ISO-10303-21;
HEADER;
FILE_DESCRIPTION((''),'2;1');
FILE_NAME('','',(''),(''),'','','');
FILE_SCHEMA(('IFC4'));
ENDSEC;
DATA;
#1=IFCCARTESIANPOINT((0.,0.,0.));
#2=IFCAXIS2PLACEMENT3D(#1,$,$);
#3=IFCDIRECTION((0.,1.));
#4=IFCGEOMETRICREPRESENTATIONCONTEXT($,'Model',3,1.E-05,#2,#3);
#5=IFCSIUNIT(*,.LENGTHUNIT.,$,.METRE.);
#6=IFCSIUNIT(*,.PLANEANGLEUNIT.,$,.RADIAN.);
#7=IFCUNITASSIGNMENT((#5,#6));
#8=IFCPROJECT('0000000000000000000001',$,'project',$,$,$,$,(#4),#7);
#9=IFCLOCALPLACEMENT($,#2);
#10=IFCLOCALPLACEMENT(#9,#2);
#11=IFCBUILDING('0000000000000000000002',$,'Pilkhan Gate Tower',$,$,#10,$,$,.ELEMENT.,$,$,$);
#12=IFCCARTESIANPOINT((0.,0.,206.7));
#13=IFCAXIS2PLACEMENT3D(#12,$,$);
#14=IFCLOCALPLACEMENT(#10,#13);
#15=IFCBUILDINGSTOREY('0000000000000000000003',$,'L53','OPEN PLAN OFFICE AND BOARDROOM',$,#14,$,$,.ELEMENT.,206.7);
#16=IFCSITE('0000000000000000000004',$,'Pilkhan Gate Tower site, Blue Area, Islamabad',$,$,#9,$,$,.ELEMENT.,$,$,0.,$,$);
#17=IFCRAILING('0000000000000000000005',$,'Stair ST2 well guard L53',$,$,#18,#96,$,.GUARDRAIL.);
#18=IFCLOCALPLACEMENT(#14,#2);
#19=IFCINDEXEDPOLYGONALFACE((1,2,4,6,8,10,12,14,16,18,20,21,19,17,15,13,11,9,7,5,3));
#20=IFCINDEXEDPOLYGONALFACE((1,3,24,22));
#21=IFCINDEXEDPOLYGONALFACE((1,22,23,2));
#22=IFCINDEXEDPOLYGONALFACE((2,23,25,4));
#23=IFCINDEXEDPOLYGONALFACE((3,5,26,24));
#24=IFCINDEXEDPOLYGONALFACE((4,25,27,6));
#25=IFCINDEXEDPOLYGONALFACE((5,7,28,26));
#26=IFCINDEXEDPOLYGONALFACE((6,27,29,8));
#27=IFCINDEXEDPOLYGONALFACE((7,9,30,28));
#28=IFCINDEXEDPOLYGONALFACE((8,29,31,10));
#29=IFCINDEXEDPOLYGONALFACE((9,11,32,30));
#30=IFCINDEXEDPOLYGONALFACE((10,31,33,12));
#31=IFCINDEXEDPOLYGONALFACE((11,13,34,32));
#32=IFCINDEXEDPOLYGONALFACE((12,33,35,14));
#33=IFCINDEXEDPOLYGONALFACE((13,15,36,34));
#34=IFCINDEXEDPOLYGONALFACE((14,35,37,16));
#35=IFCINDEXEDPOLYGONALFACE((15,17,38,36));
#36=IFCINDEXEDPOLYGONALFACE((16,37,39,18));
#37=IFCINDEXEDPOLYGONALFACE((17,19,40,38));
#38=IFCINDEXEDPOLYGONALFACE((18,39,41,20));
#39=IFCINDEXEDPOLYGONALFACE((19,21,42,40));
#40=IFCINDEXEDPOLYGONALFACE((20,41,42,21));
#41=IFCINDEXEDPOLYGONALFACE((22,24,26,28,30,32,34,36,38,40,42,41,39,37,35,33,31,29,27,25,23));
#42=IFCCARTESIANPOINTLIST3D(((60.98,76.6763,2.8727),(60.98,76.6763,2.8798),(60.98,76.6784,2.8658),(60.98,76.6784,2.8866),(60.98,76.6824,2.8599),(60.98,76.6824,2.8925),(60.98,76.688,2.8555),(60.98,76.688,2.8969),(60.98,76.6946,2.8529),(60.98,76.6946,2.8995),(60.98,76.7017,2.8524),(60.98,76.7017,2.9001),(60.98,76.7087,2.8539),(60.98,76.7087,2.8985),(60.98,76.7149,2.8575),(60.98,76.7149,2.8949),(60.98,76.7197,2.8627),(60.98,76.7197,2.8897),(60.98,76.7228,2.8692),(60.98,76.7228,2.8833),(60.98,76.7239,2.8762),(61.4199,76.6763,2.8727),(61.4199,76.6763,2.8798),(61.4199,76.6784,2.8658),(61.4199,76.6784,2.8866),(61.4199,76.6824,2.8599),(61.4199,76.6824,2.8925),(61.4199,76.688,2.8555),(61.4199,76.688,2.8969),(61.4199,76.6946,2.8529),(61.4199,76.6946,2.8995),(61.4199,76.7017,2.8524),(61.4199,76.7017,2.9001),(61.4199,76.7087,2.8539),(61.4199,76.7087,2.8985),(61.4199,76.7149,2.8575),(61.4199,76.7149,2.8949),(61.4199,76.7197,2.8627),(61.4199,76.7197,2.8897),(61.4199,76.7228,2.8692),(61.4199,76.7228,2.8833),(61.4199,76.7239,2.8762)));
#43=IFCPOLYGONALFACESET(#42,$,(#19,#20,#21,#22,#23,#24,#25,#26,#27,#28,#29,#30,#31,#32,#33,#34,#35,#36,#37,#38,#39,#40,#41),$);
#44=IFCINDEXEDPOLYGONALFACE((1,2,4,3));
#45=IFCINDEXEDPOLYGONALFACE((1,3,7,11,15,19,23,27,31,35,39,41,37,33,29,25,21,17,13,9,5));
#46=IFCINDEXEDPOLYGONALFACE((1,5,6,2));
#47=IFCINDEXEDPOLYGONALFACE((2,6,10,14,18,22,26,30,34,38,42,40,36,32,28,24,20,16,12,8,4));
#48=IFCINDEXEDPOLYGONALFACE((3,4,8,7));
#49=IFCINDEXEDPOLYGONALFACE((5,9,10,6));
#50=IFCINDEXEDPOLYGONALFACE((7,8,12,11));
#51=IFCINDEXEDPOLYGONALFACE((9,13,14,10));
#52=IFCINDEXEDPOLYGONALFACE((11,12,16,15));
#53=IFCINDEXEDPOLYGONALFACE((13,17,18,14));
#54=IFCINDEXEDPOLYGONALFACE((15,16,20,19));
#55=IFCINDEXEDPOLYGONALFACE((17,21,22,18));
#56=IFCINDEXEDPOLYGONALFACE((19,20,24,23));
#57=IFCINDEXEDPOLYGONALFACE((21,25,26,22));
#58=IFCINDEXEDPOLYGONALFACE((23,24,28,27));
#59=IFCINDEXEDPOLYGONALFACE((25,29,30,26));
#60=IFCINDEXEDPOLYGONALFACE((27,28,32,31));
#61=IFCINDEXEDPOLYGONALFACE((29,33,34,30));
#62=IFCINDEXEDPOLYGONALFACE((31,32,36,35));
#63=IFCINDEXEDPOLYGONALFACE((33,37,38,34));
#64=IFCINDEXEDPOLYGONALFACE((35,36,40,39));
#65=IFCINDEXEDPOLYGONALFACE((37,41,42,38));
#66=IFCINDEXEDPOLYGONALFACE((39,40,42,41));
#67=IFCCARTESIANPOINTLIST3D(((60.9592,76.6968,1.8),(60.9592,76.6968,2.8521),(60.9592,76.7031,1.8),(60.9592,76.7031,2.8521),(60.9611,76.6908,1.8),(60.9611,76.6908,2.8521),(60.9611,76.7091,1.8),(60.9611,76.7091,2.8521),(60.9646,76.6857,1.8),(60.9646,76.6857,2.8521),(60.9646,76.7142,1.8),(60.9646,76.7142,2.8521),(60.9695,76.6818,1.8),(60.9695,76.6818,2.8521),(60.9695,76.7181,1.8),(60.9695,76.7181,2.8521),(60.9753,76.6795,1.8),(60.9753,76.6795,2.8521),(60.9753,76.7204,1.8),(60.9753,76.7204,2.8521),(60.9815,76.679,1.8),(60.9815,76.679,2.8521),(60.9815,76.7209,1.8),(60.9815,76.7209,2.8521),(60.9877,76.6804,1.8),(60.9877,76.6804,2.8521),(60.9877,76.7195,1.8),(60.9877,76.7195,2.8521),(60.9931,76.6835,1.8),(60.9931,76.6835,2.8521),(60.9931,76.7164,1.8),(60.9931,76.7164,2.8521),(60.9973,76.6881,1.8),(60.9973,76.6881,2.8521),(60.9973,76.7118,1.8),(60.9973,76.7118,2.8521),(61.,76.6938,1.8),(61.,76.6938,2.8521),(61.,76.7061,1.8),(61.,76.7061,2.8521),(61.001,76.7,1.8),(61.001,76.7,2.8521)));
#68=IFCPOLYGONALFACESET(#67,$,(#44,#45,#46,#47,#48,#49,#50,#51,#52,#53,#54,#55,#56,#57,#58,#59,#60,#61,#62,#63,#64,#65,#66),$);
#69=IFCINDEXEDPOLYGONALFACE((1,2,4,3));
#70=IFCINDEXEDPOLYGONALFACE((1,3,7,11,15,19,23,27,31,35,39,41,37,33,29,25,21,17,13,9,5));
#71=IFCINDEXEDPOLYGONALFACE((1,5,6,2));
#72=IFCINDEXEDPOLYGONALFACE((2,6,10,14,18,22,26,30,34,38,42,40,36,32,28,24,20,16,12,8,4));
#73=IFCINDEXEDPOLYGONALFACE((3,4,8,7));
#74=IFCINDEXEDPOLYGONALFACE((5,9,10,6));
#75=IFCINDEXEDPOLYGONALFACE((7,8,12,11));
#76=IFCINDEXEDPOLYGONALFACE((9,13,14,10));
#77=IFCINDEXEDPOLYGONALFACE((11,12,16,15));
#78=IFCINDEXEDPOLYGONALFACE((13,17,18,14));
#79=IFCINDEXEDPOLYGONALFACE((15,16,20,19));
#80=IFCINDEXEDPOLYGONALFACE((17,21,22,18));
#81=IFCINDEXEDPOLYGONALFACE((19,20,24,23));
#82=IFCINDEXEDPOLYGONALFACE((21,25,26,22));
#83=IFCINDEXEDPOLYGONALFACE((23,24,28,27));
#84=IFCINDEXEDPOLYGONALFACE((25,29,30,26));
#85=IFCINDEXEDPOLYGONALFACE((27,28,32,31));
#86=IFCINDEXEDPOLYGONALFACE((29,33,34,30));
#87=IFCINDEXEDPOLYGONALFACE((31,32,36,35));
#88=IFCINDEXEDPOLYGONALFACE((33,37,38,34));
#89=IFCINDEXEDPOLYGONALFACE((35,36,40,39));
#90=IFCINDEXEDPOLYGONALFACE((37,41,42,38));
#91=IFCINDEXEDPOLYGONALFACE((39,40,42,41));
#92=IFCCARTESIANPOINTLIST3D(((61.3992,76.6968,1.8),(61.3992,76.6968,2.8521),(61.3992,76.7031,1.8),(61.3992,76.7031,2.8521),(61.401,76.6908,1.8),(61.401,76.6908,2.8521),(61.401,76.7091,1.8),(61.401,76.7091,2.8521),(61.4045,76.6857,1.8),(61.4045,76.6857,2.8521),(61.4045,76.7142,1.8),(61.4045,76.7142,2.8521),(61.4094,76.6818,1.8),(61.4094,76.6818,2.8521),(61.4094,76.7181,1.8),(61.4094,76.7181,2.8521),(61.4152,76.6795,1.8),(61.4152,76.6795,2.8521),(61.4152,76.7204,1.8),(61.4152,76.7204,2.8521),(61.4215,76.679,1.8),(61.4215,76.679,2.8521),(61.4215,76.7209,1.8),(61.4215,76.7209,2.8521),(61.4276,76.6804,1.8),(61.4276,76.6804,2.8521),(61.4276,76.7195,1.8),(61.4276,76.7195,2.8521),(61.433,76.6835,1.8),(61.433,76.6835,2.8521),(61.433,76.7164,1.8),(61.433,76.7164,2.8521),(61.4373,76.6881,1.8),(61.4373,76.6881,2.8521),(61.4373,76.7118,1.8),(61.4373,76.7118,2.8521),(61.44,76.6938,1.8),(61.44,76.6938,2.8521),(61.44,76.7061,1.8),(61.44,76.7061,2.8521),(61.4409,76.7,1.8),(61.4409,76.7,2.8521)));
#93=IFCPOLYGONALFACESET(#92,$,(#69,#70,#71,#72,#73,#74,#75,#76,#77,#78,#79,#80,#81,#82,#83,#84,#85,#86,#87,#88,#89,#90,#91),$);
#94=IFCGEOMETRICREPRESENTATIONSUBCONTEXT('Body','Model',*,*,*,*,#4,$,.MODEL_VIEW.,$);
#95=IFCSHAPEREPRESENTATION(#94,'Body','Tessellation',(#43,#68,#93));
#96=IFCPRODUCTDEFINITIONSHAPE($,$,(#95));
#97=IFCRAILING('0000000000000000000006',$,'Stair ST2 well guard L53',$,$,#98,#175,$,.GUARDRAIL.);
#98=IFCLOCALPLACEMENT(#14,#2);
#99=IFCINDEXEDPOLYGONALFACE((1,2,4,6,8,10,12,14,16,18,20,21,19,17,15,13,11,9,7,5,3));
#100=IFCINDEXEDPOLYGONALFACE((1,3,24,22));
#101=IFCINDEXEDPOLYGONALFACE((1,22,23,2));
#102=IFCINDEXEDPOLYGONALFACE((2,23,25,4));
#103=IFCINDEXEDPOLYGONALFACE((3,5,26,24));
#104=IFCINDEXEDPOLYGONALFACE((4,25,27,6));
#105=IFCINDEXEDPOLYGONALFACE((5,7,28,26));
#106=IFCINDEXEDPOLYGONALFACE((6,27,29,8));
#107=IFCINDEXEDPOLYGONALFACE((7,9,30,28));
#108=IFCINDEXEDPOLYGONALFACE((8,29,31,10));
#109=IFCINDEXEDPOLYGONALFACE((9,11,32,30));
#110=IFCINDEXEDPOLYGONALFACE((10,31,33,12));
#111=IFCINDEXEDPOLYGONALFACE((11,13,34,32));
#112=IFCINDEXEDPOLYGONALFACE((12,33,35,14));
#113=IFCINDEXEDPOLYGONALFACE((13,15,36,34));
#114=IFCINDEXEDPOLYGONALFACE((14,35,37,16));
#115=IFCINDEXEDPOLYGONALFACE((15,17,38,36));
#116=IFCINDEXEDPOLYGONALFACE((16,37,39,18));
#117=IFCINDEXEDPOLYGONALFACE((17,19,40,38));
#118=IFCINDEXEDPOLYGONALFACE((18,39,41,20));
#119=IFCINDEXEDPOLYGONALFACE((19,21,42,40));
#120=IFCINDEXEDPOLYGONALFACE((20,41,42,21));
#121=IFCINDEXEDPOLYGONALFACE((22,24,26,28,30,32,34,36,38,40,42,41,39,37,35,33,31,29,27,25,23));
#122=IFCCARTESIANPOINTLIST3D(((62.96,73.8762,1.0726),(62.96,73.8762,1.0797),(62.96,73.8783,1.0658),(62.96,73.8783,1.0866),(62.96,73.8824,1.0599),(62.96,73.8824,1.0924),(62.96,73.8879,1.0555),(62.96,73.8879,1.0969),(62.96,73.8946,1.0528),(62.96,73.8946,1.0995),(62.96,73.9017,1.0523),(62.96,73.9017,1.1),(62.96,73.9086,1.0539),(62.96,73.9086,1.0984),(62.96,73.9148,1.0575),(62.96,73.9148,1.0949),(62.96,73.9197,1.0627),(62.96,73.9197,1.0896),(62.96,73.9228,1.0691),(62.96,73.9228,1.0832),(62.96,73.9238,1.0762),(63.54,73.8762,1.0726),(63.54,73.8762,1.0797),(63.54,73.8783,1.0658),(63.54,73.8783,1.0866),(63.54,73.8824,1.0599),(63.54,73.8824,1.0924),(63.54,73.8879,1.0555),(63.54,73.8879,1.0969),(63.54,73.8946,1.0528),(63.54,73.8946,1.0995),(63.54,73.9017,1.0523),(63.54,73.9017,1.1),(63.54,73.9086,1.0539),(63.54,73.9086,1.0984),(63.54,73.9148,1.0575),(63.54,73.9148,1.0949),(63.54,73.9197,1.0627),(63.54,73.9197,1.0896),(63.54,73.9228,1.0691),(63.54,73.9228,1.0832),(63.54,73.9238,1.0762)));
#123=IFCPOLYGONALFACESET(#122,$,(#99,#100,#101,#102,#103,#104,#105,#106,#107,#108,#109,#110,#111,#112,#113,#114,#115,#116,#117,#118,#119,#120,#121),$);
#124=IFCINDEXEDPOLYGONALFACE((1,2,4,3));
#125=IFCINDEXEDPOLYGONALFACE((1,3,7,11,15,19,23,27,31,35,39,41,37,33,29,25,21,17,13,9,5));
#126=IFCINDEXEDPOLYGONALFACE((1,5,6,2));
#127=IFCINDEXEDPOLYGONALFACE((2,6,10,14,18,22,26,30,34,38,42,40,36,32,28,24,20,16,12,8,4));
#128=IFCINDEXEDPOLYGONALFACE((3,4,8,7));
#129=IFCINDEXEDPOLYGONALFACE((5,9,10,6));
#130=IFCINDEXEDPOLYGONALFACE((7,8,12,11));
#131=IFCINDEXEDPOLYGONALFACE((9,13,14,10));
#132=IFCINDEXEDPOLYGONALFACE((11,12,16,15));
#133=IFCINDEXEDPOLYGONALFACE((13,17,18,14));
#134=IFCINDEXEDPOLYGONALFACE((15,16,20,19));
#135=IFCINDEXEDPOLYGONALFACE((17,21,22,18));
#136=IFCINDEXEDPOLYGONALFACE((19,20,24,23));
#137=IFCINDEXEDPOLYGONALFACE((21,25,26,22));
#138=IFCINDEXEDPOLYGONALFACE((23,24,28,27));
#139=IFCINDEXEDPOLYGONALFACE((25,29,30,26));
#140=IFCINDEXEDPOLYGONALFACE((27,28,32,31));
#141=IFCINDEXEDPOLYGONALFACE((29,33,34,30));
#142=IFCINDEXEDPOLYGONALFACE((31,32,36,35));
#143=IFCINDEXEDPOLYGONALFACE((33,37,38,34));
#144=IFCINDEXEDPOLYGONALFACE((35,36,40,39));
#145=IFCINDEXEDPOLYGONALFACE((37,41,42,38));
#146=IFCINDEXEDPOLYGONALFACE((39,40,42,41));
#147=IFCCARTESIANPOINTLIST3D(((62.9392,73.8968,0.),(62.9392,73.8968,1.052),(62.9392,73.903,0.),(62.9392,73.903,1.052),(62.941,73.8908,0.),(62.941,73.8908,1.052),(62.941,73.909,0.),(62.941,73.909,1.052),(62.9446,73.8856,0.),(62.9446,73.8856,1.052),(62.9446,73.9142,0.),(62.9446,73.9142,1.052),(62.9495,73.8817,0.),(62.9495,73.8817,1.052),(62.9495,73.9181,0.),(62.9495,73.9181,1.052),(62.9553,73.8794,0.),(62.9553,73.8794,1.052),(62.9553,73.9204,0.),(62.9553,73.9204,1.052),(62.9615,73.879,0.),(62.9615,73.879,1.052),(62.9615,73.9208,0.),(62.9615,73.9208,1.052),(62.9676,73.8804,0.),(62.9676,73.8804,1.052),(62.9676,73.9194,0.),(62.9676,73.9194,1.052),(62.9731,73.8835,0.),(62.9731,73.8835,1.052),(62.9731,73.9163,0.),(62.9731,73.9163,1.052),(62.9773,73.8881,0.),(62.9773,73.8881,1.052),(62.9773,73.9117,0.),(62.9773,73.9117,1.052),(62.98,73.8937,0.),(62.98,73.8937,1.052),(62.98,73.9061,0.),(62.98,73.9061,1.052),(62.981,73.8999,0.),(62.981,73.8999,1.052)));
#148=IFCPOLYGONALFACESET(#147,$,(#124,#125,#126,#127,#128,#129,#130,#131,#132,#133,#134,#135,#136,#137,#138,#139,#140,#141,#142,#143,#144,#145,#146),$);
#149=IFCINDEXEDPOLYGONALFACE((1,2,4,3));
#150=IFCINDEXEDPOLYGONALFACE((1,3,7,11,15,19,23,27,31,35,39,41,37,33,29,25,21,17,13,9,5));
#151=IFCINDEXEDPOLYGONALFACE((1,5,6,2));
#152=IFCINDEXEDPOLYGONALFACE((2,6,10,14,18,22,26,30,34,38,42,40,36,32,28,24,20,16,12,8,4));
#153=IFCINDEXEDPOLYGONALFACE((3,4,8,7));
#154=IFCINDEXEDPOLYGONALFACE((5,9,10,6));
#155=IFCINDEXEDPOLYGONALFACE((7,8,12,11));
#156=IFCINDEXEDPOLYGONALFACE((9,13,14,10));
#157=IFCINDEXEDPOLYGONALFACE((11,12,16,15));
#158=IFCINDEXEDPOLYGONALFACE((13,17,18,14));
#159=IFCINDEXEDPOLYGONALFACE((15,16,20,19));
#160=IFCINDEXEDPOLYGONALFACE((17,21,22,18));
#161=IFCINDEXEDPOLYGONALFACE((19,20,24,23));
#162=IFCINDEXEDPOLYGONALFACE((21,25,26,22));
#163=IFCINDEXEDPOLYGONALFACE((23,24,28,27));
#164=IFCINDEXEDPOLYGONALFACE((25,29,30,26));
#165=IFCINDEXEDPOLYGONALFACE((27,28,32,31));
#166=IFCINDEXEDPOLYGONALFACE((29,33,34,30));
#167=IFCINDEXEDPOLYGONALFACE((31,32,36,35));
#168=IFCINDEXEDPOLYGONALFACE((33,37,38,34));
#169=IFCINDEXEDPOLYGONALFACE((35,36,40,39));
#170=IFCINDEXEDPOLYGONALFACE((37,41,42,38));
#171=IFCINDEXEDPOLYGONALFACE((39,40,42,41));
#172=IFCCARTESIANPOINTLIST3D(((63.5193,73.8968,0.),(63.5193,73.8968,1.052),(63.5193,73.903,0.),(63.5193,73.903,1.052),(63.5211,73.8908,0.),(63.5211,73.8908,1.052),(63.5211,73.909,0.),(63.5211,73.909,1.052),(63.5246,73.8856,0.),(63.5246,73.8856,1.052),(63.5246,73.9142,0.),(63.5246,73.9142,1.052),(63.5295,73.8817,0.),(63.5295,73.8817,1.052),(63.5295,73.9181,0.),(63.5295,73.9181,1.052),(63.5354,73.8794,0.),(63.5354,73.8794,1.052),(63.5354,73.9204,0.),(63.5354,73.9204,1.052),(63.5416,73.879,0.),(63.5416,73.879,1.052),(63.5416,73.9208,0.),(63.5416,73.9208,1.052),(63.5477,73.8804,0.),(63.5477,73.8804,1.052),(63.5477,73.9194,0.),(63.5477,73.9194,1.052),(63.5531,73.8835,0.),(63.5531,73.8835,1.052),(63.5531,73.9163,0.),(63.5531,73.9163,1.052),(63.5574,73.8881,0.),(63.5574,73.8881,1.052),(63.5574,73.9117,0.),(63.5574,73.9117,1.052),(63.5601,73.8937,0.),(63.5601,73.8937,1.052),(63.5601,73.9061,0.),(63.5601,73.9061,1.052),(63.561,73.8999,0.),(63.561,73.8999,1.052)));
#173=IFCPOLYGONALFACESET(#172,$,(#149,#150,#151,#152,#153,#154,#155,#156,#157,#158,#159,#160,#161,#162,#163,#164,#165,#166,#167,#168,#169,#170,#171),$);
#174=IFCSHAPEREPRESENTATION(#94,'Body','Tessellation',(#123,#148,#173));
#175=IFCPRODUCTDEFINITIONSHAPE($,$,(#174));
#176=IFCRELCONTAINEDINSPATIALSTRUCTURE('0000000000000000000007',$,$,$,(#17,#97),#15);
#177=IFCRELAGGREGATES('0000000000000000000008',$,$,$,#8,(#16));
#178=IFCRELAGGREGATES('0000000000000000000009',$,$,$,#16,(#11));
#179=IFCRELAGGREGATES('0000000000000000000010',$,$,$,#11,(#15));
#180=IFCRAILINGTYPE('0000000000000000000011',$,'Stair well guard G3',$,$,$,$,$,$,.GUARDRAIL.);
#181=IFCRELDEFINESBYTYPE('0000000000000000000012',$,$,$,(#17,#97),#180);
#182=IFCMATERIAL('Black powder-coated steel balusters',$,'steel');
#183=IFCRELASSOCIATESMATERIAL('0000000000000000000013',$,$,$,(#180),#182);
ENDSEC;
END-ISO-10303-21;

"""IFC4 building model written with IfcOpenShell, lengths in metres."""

from ifc_helpers import new_model, si_unit, direction, frame, origin, origin_2d, place, context, subcontext, project, spatial, circle, extrude, material, type_object, element, save


model = new_model("IFC4")

# Units and contexts
model_context = context("Model", 3, precision=1e-05, world=origin(), true_north=direction((0.0, 1.0)))
body_context = subcontext(model_context, "Body", "Model", "MODEL_VIEW")
ifc_project = project(units=[si_unit("LENGTHUNIT", "METRE"), si_unit("PLANEANGLEUNIT", "RADIAN")], contexts=[model_context])

# Site, building, storey
site_placement = place(None, origin())
site = spatial("IfcSite", under=ifc_project, at=site_placement, Name="Pilkhan Gate Tower site, Blue Area, Islamabad", CompositionType="ELEMENT", RefElevation=0.0)
building_placement = place(site_placement, origin())
building = spatial("IfcBuilding", under=site, at=building_placement, Name="Pilkhan Gate Tower", CompositionType="ELEMENT")
storey_placement = place(building_placement, frame((0.0, 0.0, 206.7)))
storey = spatial("IfcBuildingStorey", under=building, at=storey_placement, Name="L53", Description="OPEN PLAN OFFICE AND BOARDROOM", CompositionType="ELEMENT", Elevation=206.7)

# Railings
ifc_material_1 = material(Name="Black powder-coated steel balusters", Category="steel")
railing_type_1 = type_object("IfcRailingType", Name="Stair well guard G3", PredefinedType="GUARDRAIL", material=ifc_material_1)
railing_1_placement = place(storey_placement, frame((60.98, 76.7, 1.8)))
element("IfcRailing", 1, at=railing_1_placement, inside=storey, type_object=railing_type_1, Name="Stair ST2 well guard L53", PredefinedType="GUARDRAIL", context=body_context, shape_type="SweptSolid", body=[
    extrude(circle(Radius=0.0239, at=origin_2d()), frame((0.0, 0.0, 1.0762), z_axis=(1.0, 0.0, 0.0), x_axis=(0.0, 1.0, 0.0)), (0.0, 0.0, 1.0), 0.4399),
    extrude(circle(Radius=0.021, at=origin_2d()), origin(), (0.0, 0.0, 1.0), 1.052),
    extrude(circle(Radius=0.021, at=origin_2d()), frame((0.4399, 0.0, 0.0)), (0.0, 0.0, 1.0), 1.052),
])
for number, where, name in (
    (2, (62.96, 73.8999, 0.0), "Stair ST2 well guard L53"),
):
    element("IfcRailing", number, at=place(storey_placement, frame(where)), inside=storey, type_object=railing_type_1, Name=name, PredefinedType="GUARDRAIL", context=body_context, shape_type="SweptSolid", body=[
        extrude(circle(Radius=0.0239, at=origin_2d()), frame((0.0, 0.0, 1.0762), z_axis=(1.0, 0.0, 0.0), x_axis=(0.0, 1.0, 0.0)), (0.0, 0.0, 1.0), 0.5801),
        extrude(circle(Radius=0.021, at=origin_2d()), origin(), (0.0, 0.0, 1.0), 1.052),
        extrude(circle(Radius=0.021, at=origin_2d()), frame((0.5801, 0.0, 0.0)), (0.0, 0.0, 1.0), 1.052),
    ])

save(model, "model.ifc")
